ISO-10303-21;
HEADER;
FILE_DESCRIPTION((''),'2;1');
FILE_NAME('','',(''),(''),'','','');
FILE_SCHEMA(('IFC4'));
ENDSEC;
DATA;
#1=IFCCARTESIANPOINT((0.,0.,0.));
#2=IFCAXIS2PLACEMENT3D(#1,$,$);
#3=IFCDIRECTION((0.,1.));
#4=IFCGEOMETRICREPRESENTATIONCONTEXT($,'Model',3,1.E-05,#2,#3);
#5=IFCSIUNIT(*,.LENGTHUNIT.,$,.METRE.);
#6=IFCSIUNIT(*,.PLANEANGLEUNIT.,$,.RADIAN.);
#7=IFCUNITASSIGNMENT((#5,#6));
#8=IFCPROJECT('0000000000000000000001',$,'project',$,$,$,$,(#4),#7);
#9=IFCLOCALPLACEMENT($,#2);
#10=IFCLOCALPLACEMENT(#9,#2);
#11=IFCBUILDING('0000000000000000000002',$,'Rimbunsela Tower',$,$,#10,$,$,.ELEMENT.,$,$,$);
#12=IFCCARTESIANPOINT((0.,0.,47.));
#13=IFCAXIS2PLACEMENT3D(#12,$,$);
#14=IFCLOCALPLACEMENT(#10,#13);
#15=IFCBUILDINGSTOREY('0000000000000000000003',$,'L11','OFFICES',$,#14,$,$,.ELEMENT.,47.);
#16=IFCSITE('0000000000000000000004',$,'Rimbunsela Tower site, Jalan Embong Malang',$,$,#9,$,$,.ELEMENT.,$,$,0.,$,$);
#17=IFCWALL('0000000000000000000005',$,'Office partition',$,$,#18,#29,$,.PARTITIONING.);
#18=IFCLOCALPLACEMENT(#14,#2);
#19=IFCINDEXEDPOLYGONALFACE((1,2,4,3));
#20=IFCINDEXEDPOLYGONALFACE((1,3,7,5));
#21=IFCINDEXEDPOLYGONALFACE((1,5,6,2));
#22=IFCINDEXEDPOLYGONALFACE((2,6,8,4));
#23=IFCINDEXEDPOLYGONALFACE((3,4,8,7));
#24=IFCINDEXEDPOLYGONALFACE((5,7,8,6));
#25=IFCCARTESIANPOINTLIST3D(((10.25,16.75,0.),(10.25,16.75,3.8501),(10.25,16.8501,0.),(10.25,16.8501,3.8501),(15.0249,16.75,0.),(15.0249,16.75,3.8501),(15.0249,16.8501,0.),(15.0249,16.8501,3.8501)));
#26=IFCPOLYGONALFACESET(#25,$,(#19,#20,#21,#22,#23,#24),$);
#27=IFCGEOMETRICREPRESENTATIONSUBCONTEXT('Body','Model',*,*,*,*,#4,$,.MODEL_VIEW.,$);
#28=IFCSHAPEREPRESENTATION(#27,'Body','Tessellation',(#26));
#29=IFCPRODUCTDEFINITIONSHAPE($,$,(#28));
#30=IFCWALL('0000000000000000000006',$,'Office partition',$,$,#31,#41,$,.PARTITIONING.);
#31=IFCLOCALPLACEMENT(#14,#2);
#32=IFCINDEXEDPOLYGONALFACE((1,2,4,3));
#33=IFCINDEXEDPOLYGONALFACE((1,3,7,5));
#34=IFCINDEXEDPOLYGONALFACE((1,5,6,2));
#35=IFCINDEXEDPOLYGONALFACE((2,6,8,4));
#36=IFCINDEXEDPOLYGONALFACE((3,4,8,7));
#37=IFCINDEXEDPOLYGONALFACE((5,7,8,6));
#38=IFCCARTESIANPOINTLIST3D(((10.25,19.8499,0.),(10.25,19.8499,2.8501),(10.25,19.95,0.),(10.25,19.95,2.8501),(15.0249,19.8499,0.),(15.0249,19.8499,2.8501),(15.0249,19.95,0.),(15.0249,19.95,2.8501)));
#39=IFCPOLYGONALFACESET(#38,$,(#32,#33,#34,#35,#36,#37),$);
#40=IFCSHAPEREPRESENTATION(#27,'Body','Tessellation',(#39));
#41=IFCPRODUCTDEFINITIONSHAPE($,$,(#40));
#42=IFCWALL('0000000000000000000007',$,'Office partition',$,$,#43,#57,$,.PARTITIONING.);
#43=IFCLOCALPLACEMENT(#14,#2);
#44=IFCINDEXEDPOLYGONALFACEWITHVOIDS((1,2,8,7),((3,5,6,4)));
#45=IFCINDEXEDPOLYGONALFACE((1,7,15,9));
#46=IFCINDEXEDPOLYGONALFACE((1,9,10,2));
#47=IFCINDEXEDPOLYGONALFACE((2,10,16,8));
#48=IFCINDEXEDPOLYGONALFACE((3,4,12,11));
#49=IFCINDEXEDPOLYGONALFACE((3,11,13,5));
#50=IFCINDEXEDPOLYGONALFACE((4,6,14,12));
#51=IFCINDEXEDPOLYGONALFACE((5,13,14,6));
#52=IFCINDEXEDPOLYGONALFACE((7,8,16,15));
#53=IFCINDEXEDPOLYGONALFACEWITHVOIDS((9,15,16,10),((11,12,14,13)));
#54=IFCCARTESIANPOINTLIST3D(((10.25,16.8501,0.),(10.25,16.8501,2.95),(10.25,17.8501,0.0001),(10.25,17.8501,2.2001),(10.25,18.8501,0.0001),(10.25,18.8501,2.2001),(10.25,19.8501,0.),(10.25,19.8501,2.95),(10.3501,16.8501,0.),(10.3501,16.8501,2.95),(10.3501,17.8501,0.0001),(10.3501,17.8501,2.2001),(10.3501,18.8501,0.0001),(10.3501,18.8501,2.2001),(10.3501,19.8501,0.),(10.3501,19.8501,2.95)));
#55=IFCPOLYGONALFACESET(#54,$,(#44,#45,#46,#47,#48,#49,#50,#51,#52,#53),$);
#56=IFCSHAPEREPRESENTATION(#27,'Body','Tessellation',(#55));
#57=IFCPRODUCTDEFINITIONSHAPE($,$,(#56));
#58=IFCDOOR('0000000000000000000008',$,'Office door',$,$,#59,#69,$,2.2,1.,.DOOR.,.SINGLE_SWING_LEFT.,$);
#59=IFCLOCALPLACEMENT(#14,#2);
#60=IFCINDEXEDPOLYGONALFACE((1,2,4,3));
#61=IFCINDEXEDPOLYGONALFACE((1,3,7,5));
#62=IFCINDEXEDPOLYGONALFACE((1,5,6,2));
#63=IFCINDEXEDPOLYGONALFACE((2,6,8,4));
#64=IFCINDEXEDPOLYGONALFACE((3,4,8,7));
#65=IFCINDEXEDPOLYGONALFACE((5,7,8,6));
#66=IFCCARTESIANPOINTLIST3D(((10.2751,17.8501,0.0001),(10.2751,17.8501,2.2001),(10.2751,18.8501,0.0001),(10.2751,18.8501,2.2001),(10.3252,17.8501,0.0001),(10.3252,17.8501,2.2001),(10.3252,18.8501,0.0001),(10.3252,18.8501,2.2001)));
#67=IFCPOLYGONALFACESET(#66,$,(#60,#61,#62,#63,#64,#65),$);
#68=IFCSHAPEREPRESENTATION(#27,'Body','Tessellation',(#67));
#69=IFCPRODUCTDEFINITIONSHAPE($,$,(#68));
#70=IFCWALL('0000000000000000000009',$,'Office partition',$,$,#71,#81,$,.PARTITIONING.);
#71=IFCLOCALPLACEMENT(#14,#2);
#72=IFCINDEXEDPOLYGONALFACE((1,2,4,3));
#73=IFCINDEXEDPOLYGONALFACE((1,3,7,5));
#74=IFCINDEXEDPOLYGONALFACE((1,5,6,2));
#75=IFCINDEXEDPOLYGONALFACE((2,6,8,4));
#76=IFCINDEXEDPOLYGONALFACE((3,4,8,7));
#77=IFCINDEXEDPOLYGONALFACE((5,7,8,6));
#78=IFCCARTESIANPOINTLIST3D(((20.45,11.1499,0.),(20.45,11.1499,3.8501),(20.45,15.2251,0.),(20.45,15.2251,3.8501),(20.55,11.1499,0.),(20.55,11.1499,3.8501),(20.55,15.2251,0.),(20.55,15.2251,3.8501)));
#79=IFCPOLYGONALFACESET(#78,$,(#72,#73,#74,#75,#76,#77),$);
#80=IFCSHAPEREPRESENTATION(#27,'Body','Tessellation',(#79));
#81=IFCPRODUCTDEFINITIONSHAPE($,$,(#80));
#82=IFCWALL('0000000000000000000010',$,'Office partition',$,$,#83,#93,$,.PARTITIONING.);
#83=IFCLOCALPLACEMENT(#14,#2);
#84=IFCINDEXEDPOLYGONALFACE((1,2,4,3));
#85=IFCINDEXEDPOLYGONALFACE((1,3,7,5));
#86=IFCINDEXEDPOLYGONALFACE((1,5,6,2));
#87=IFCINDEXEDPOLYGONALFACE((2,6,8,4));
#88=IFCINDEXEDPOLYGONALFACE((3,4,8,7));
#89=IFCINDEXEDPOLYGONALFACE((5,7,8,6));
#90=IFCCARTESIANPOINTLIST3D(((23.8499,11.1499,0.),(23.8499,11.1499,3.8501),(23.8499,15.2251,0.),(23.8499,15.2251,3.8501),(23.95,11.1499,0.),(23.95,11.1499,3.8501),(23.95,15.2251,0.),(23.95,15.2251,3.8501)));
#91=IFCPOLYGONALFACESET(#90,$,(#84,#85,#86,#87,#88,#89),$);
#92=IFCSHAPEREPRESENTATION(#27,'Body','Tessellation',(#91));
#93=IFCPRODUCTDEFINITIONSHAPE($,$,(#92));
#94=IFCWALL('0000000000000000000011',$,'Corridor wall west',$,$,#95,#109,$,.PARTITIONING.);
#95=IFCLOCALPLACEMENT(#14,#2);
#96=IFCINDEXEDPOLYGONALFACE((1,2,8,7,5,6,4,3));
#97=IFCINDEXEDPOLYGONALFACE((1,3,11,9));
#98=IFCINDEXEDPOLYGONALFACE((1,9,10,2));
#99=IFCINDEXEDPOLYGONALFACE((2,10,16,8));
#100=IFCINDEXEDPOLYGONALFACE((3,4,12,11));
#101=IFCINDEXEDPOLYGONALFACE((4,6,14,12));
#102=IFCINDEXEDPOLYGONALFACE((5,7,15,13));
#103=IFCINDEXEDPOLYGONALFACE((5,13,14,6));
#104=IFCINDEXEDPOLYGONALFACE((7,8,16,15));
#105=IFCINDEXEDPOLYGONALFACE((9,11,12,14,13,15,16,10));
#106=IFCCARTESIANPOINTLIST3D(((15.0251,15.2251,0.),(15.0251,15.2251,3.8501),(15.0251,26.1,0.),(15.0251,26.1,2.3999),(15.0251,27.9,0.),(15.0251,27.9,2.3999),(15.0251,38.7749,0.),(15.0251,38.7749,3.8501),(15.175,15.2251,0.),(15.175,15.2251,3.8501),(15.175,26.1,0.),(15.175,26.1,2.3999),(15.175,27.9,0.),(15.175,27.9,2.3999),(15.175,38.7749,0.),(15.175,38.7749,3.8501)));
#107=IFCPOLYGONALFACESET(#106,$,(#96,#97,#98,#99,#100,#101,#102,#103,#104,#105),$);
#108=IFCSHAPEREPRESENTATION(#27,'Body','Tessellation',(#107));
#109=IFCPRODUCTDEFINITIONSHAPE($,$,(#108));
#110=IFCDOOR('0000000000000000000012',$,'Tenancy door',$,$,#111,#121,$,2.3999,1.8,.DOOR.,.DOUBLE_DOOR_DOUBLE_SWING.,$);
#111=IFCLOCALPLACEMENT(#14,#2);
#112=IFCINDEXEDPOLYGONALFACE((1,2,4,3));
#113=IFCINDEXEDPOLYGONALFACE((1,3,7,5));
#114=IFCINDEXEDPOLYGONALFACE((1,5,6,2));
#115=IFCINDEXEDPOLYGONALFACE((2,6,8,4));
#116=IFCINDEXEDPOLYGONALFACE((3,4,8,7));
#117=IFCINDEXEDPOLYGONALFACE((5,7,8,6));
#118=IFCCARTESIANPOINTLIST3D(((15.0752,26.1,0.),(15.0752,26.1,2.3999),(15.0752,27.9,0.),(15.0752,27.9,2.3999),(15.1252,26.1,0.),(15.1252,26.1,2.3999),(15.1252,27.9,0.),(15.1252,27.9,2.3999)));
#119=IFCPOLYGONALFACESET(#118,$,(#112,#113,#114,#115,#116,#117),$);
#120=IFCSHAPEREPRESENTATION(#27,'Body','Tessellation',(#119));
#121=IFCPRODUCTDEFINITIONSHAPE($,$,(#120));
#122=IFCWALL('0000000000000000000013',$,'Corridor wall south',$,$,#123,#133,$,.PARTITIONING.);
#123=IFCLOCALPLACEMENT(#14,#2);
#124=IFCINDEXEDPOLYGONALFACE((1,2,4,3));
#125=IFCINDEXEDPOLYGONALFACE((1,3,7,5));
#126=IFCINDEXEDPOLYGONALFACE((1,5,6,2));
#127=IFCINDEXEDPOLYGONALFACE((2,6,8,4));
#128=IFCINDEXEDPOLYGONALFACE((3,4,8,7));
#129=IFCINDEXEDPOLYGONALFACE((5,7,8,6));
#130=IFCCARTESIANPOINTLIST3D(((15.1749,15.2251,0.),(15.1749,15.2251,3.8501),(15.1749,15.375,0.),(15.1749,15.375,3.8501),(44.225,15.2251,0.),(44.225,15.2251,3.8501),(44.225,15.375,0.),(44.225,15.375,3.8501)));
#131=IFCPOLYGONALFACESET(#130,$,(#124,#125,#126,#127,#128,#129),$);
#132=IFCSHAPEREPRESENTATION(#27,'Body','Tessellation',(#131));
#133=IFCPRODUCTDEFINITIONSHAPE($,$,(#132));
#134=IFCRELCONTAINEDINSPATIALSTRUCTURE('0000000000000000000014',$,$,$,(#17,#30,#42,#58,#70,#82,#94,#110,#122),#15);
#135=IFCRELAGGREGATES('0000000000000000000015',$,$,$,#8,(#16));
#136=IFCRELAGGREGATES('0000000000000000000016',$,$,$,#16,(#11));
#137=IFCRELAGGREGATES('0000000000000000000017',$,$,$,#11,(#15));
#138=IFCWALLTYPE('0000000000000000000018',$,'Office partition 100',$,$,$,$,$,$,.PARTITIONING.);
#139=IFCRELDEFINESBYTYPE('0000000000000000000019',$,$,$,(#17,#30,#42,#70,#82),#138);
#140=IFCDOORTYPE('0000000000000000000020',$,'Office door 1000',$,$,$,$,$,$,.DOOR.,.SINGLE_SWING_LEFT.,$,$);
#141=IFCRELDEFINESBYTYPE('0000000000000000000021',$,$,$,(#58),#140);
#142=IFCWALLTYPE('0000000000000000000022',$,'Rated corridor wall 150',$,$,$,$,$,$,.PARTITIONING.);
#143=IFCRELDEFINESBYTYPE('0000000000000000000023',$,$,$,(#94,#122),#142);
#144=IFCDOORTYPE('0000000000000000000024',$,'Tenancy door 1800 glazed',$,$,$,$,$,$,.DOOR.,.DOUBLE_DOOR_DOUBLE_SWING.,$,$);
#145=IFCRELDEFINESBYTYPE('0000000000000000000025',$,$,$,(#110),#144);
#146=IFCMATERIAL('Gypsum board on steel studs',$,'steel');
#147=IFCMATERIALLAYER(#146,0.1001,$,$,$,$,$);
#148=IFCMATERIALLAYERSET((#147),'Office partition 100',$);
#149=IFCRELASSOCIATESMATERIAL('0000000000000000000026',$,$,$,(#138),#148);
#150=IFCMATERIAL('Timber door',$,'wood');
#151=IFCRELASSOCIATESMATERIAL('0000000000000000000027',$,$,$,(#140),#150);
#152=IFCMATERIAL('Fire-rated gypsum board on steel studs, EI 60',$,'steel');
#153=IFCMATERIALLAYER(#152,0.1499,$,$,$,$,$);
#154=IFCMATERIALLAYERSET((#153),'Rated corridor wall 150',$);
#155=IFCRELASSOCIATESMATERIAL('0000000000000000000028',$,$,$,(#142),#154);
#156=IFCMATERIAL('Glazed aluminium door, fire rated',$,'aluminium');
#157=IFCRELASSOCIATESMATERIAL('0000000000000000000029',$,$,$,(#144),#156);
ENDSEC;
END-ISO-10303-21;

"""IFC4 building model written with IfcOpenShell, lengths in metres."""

from ifc_helpers import new_model, si_unit, direction, frame, frame_2d, origin, place, context, subcontext, project, spatial, rectangle, extrude, material, layer, layer_set, type_object, element, fill, save


model = new_model("IFC4")

# Units and contexts
model_context = context("Model", 3, precision=1e-05, world=origin(), true_north=direction((0.0, 1.0)))
body_context = subcontext(model_context, "Body", "Model", "MODEL_VIEW")
ifc_project = project(units=[si_unit("LENGTHUNIT", "METRE"), si_unit("PLANEANGLEUNIT", "RADIAN")], contexts=[model_context])

# Site, building, storey
site_placement = place(None, origin())
site = spatial("IfcSite", under=ifc_project, at=site_placement, Name="Rimbunsela Tower site, Jalan Embong Malang", CompositionType="ELEMENT", RefElevation=0.0)
building_placement = place(site_placement, origin())
building = spatial("IfcBuilding", under=site, at=building_placement, Name="Rimbunsela Tower", CompositionType="ELEMENT")
storey_placement = place(building_placement, frame((0.0, 0.0, 47.0)))
storey = spatial("IfcBuildingStorey", under=building, at=storey_placement, Name="L11", Description="OFFICES", CompositionType="ELEMENT", Elevation=47.0)

# Walls
ifc_material_1 = material(Name="Gypsum board on steel studs", Category="steel")
ifc_layer_1 = layer(ifc_material_1, 0.1001)
ifc_layer_set_1 = layer_set([ifc_layer_1], Name="Office partition 100")
wall_type_1 = type_object("IfcWallType", Name="Office partition 100", PredefinedType="PARTITIONING", material=ifc_layer_set_1)
wall_1_placement = place(storey_placement, frame((10.25, 16.8, 0.0), z_axis=(0.0, 0.0, 1.0), x_axis=(1.0, 0.0, 0.0)))
element("IfcWall", 1, at=wall_1_placement, inside=storey, type_object=wall_type_1, Name="Office partition", PredefinedType="PARTITIONING", context=body_context, shape_type="SweptSolid", body=[
    extrude(rectangle(XDim=4.7749, YDim=0.1001, at=frame_2d((2.3875, 0.0))), origin(), (0.0, 0.0, 1.0), 3.8501),
])
wall_2_placement = place(storey_placement, frame((10.25, 19.8999, 0.0), z_axis=(0.0, 0.0, 1.0), x_axis=(1.0, 0.0, 0.0)))
element("IfcWall", 2, at=wall_2_placement, inside=storey, type_object=wall_type_1, Name="Office partition", PredefinedType="PARTITIONING", context=body_context, shape_type="SweptSolid", body=[
    extrude(rectangle(XDim=4.7749, YDim=0.1001, at=frame_2d((2.3875, 0.0))), origin(), (0.0, 0.0, 1.0), 2.8501),
])

# Wall, opening, door
wall_3_placement = place(storey_placement, frame((10.3, 16.8501, 0.0), z_axis=(0.0, 0.0, 1.0), x_axis=(0.0, 1.0, 0.0)))
wall_3 = element("IfcWall", 3, at=wall_3_placement, inside=storey, type_object=wall_type_1, Name="Office partition", PredefinedType="PARTITIONING", context=body_context, shape_type="SweptSolid", body=[
    extrude(rectangle(XDim=3.0, YDim=0.1001, at=frame_2d((1.5, 0.0))), origin(), (0.0, 0.0, 1.0), 2.95),
])
opening_1_placement = place(wall_3_placement, frame((1.0, 0.0, 0.0)))
opening_1 = element("IfcOpeningElement", 4, at=opening_1_placement, cuts=wall_3, PredefinedType="OPENING", context=body_context, shape_type="SweptSolid", body=[
    extrude(rectangle(XDim=1.0, YDim=2.2, at=frame_2d((0.5, 1.1001))), frame((0.0, 0.0601, 0.0), z_axis=(0.0, -1.0, 0.0), x_axis=(1.0, 0.0, 0.0)), (0.0, 0.0, 1.0), 0.1201),
])
ifc_material_2 = material(Name="Timber door", Category="wood")
door_type_1 = type_object("IfcDoorType", Name="Office door 1000", OperationType="SINGLE_SWING_LEFT", PredefinedType="DOOR", material=ifc_material_2)
door_1_placement = place(opening_1_placement, origin())
door_1 = element("IfcDoor", 5, at=door_1_placement, inside=storey, type_object=door_type_1, Name="Office door", OperationType="SINGLE_SWING_LEFT", OverallHeight=2.2, OverallWidth=1.0, PredefinedType="DOOR", context=body_context, shape_type="SweptSolid", body=[
    extrude(rectangle(XDim=1.0, YDim=2.2, at=frame_2d((0.5, 1.1001))), frame((0.0, 0.0249, 0.0), z_axis=(0.0, -1.0, 0.0), x_axis=(1.0, 0.0, 0.0)), (0.0, 0.0, 1.0), 0.05),
])
fill(opening_1, door_1)

# Walls
for number, where, z_axis, x_axis, name in (
    (6, (20.5, 11.1499, 0.0), (0.0, 0.0, 1.0), (0.0, 1.0, 0.0), "Office partition"),
    (7, (23.8999, 11.1499, 0.0), (0.0, 0.0, 1.0), (0.0, 1.0, 0.0), "Office partition"),
):
    element("IfcWall", number, at=place(storey_placement, frame(where, z_axis=z_axis, x_axis=x_axis)), inside=storey, type_object=wall_type_1, Name=name, PredefinedType="PARTITIONING", context=body_context, shape_type="SweptSolid", body=[
        extrude(rectangle(XDim=4.0752, YDim=0.1001, at=frame_2d((2.0376, 0.0))), origin(), (0.0, 0.0, 1.0), 3.8501),
    ])

# Wall, opening, door
ifc_material_3 = material(Name="Fire-rated gypsum board on steel studs, EI 60", Category="steel")
ifc_layer_2 = layer(ifc_material_3, 0.1499)
ifc_layer_set_2 = layer_set([ifc_layer_2], Name="Rated corridor wall 150")
wall_type_2 = type_object("IfcWallType", Name="Rated corridor wall 150", PredefinedType="PARTITIONING", material=ifc_layer_set_2)
wall_4_placement = place(storey_placement, frame((15.1001, 15.2251, 0.0), z_axis=(0.0, 0.0, 1.0), x_axis=(0.0, 1.0, 0.0)))
wall_4 = element("IfcWall", 8, at=wall_4_placement, inside=storey, type_object=wall_type_2, Name="Corridor wall west", PredefinedType="PARTITIONING", context=body_context, shape_type="SweptSolid", body=[
    extrude(rectangle(XDim=23.5498, YDim=0.1499, at=frame_2d((11.7749, 0.0))), origin(), (0.0, 0.0, 1.0), 3.8501),
])
opening_2_placement = place(wall_4_placement, frame((10.875, 0.0, 0.0)))
opening_2 = element("IfcOpeningElement", 9, at=opening_2_placement, cuts=wall_4, PredefinedType="OPENING", context=body_context, shape_type="SweptSolid", body=[
    extrude(rectangle(XDim=1.8, YDim=2.3999, at=frame_2d((0.8999, 1.2))), frame((0.0, 0.085, 0.0), z_axis=(0.0, -1.0, 0.0), x_axis=(1.0, 0.0, 0.0)), (0.0, 0.0, 1.0), 0.1699),
])
ifc_material_4 = material(Name="Glazed aluminium door, fire rated", Category="aluminium")
door_type_2 = type_object("IfcDoorType", Name="Tenancy door 1800 glazed", OperationType="DOUBLE_DOOR_DOUBLE_SWING", PredefinedType="DOOR", material=ifc_material_4)
door_2_placement = place(opening_2_placement, origin())
door_2 = element("IfcDoor", 10, at=door_2_placement, inside=storey, type_object=door_type_2, Name="Tenancy door", OperationType="DOUBLE_DOOR_DOUBLE_SWING", OverallHeight=2.3999, OverallWidth=1.8, PredefinedType="DOOR", context=body_context, shape_type="SweptSolid", body=[
    extrude(rectangle(XDim=1.8, YDim=2.3999, at=frame_2d((0.8999, 1.2))), frame((0.0, 0.0249, 0.0), z_axis=(0.0, -1.0, 0.0), x_axis=(1.0, 0.0, 0.0)), (0.0, 0.0, 1.0), 0.05),
])
fill(opening_2, door_2)

# Wall
wall_5_placement = place(storey_placement, frame((15.175, 15.3, 0.0), z_axis=(0.0, 0.0, 1.0), x_axis=(1.0, 0.0, 0.0)))
element("IfcWall", 11, at=wall_5_placement, inside=storey, type_object=wall_type_2, Name="Corridor wall south", PredefinedType="PARTITIONING", context=body_context, shape_type="SweptSolid", body=[
    extrude(rectangle(XDim=29.05, YDim=0.1499, at=frame_2d((14.5249, 0.0))), origin(), (0.0, 0.0, 1.0), 3.8501),
])

save(model, "model.ifc")
